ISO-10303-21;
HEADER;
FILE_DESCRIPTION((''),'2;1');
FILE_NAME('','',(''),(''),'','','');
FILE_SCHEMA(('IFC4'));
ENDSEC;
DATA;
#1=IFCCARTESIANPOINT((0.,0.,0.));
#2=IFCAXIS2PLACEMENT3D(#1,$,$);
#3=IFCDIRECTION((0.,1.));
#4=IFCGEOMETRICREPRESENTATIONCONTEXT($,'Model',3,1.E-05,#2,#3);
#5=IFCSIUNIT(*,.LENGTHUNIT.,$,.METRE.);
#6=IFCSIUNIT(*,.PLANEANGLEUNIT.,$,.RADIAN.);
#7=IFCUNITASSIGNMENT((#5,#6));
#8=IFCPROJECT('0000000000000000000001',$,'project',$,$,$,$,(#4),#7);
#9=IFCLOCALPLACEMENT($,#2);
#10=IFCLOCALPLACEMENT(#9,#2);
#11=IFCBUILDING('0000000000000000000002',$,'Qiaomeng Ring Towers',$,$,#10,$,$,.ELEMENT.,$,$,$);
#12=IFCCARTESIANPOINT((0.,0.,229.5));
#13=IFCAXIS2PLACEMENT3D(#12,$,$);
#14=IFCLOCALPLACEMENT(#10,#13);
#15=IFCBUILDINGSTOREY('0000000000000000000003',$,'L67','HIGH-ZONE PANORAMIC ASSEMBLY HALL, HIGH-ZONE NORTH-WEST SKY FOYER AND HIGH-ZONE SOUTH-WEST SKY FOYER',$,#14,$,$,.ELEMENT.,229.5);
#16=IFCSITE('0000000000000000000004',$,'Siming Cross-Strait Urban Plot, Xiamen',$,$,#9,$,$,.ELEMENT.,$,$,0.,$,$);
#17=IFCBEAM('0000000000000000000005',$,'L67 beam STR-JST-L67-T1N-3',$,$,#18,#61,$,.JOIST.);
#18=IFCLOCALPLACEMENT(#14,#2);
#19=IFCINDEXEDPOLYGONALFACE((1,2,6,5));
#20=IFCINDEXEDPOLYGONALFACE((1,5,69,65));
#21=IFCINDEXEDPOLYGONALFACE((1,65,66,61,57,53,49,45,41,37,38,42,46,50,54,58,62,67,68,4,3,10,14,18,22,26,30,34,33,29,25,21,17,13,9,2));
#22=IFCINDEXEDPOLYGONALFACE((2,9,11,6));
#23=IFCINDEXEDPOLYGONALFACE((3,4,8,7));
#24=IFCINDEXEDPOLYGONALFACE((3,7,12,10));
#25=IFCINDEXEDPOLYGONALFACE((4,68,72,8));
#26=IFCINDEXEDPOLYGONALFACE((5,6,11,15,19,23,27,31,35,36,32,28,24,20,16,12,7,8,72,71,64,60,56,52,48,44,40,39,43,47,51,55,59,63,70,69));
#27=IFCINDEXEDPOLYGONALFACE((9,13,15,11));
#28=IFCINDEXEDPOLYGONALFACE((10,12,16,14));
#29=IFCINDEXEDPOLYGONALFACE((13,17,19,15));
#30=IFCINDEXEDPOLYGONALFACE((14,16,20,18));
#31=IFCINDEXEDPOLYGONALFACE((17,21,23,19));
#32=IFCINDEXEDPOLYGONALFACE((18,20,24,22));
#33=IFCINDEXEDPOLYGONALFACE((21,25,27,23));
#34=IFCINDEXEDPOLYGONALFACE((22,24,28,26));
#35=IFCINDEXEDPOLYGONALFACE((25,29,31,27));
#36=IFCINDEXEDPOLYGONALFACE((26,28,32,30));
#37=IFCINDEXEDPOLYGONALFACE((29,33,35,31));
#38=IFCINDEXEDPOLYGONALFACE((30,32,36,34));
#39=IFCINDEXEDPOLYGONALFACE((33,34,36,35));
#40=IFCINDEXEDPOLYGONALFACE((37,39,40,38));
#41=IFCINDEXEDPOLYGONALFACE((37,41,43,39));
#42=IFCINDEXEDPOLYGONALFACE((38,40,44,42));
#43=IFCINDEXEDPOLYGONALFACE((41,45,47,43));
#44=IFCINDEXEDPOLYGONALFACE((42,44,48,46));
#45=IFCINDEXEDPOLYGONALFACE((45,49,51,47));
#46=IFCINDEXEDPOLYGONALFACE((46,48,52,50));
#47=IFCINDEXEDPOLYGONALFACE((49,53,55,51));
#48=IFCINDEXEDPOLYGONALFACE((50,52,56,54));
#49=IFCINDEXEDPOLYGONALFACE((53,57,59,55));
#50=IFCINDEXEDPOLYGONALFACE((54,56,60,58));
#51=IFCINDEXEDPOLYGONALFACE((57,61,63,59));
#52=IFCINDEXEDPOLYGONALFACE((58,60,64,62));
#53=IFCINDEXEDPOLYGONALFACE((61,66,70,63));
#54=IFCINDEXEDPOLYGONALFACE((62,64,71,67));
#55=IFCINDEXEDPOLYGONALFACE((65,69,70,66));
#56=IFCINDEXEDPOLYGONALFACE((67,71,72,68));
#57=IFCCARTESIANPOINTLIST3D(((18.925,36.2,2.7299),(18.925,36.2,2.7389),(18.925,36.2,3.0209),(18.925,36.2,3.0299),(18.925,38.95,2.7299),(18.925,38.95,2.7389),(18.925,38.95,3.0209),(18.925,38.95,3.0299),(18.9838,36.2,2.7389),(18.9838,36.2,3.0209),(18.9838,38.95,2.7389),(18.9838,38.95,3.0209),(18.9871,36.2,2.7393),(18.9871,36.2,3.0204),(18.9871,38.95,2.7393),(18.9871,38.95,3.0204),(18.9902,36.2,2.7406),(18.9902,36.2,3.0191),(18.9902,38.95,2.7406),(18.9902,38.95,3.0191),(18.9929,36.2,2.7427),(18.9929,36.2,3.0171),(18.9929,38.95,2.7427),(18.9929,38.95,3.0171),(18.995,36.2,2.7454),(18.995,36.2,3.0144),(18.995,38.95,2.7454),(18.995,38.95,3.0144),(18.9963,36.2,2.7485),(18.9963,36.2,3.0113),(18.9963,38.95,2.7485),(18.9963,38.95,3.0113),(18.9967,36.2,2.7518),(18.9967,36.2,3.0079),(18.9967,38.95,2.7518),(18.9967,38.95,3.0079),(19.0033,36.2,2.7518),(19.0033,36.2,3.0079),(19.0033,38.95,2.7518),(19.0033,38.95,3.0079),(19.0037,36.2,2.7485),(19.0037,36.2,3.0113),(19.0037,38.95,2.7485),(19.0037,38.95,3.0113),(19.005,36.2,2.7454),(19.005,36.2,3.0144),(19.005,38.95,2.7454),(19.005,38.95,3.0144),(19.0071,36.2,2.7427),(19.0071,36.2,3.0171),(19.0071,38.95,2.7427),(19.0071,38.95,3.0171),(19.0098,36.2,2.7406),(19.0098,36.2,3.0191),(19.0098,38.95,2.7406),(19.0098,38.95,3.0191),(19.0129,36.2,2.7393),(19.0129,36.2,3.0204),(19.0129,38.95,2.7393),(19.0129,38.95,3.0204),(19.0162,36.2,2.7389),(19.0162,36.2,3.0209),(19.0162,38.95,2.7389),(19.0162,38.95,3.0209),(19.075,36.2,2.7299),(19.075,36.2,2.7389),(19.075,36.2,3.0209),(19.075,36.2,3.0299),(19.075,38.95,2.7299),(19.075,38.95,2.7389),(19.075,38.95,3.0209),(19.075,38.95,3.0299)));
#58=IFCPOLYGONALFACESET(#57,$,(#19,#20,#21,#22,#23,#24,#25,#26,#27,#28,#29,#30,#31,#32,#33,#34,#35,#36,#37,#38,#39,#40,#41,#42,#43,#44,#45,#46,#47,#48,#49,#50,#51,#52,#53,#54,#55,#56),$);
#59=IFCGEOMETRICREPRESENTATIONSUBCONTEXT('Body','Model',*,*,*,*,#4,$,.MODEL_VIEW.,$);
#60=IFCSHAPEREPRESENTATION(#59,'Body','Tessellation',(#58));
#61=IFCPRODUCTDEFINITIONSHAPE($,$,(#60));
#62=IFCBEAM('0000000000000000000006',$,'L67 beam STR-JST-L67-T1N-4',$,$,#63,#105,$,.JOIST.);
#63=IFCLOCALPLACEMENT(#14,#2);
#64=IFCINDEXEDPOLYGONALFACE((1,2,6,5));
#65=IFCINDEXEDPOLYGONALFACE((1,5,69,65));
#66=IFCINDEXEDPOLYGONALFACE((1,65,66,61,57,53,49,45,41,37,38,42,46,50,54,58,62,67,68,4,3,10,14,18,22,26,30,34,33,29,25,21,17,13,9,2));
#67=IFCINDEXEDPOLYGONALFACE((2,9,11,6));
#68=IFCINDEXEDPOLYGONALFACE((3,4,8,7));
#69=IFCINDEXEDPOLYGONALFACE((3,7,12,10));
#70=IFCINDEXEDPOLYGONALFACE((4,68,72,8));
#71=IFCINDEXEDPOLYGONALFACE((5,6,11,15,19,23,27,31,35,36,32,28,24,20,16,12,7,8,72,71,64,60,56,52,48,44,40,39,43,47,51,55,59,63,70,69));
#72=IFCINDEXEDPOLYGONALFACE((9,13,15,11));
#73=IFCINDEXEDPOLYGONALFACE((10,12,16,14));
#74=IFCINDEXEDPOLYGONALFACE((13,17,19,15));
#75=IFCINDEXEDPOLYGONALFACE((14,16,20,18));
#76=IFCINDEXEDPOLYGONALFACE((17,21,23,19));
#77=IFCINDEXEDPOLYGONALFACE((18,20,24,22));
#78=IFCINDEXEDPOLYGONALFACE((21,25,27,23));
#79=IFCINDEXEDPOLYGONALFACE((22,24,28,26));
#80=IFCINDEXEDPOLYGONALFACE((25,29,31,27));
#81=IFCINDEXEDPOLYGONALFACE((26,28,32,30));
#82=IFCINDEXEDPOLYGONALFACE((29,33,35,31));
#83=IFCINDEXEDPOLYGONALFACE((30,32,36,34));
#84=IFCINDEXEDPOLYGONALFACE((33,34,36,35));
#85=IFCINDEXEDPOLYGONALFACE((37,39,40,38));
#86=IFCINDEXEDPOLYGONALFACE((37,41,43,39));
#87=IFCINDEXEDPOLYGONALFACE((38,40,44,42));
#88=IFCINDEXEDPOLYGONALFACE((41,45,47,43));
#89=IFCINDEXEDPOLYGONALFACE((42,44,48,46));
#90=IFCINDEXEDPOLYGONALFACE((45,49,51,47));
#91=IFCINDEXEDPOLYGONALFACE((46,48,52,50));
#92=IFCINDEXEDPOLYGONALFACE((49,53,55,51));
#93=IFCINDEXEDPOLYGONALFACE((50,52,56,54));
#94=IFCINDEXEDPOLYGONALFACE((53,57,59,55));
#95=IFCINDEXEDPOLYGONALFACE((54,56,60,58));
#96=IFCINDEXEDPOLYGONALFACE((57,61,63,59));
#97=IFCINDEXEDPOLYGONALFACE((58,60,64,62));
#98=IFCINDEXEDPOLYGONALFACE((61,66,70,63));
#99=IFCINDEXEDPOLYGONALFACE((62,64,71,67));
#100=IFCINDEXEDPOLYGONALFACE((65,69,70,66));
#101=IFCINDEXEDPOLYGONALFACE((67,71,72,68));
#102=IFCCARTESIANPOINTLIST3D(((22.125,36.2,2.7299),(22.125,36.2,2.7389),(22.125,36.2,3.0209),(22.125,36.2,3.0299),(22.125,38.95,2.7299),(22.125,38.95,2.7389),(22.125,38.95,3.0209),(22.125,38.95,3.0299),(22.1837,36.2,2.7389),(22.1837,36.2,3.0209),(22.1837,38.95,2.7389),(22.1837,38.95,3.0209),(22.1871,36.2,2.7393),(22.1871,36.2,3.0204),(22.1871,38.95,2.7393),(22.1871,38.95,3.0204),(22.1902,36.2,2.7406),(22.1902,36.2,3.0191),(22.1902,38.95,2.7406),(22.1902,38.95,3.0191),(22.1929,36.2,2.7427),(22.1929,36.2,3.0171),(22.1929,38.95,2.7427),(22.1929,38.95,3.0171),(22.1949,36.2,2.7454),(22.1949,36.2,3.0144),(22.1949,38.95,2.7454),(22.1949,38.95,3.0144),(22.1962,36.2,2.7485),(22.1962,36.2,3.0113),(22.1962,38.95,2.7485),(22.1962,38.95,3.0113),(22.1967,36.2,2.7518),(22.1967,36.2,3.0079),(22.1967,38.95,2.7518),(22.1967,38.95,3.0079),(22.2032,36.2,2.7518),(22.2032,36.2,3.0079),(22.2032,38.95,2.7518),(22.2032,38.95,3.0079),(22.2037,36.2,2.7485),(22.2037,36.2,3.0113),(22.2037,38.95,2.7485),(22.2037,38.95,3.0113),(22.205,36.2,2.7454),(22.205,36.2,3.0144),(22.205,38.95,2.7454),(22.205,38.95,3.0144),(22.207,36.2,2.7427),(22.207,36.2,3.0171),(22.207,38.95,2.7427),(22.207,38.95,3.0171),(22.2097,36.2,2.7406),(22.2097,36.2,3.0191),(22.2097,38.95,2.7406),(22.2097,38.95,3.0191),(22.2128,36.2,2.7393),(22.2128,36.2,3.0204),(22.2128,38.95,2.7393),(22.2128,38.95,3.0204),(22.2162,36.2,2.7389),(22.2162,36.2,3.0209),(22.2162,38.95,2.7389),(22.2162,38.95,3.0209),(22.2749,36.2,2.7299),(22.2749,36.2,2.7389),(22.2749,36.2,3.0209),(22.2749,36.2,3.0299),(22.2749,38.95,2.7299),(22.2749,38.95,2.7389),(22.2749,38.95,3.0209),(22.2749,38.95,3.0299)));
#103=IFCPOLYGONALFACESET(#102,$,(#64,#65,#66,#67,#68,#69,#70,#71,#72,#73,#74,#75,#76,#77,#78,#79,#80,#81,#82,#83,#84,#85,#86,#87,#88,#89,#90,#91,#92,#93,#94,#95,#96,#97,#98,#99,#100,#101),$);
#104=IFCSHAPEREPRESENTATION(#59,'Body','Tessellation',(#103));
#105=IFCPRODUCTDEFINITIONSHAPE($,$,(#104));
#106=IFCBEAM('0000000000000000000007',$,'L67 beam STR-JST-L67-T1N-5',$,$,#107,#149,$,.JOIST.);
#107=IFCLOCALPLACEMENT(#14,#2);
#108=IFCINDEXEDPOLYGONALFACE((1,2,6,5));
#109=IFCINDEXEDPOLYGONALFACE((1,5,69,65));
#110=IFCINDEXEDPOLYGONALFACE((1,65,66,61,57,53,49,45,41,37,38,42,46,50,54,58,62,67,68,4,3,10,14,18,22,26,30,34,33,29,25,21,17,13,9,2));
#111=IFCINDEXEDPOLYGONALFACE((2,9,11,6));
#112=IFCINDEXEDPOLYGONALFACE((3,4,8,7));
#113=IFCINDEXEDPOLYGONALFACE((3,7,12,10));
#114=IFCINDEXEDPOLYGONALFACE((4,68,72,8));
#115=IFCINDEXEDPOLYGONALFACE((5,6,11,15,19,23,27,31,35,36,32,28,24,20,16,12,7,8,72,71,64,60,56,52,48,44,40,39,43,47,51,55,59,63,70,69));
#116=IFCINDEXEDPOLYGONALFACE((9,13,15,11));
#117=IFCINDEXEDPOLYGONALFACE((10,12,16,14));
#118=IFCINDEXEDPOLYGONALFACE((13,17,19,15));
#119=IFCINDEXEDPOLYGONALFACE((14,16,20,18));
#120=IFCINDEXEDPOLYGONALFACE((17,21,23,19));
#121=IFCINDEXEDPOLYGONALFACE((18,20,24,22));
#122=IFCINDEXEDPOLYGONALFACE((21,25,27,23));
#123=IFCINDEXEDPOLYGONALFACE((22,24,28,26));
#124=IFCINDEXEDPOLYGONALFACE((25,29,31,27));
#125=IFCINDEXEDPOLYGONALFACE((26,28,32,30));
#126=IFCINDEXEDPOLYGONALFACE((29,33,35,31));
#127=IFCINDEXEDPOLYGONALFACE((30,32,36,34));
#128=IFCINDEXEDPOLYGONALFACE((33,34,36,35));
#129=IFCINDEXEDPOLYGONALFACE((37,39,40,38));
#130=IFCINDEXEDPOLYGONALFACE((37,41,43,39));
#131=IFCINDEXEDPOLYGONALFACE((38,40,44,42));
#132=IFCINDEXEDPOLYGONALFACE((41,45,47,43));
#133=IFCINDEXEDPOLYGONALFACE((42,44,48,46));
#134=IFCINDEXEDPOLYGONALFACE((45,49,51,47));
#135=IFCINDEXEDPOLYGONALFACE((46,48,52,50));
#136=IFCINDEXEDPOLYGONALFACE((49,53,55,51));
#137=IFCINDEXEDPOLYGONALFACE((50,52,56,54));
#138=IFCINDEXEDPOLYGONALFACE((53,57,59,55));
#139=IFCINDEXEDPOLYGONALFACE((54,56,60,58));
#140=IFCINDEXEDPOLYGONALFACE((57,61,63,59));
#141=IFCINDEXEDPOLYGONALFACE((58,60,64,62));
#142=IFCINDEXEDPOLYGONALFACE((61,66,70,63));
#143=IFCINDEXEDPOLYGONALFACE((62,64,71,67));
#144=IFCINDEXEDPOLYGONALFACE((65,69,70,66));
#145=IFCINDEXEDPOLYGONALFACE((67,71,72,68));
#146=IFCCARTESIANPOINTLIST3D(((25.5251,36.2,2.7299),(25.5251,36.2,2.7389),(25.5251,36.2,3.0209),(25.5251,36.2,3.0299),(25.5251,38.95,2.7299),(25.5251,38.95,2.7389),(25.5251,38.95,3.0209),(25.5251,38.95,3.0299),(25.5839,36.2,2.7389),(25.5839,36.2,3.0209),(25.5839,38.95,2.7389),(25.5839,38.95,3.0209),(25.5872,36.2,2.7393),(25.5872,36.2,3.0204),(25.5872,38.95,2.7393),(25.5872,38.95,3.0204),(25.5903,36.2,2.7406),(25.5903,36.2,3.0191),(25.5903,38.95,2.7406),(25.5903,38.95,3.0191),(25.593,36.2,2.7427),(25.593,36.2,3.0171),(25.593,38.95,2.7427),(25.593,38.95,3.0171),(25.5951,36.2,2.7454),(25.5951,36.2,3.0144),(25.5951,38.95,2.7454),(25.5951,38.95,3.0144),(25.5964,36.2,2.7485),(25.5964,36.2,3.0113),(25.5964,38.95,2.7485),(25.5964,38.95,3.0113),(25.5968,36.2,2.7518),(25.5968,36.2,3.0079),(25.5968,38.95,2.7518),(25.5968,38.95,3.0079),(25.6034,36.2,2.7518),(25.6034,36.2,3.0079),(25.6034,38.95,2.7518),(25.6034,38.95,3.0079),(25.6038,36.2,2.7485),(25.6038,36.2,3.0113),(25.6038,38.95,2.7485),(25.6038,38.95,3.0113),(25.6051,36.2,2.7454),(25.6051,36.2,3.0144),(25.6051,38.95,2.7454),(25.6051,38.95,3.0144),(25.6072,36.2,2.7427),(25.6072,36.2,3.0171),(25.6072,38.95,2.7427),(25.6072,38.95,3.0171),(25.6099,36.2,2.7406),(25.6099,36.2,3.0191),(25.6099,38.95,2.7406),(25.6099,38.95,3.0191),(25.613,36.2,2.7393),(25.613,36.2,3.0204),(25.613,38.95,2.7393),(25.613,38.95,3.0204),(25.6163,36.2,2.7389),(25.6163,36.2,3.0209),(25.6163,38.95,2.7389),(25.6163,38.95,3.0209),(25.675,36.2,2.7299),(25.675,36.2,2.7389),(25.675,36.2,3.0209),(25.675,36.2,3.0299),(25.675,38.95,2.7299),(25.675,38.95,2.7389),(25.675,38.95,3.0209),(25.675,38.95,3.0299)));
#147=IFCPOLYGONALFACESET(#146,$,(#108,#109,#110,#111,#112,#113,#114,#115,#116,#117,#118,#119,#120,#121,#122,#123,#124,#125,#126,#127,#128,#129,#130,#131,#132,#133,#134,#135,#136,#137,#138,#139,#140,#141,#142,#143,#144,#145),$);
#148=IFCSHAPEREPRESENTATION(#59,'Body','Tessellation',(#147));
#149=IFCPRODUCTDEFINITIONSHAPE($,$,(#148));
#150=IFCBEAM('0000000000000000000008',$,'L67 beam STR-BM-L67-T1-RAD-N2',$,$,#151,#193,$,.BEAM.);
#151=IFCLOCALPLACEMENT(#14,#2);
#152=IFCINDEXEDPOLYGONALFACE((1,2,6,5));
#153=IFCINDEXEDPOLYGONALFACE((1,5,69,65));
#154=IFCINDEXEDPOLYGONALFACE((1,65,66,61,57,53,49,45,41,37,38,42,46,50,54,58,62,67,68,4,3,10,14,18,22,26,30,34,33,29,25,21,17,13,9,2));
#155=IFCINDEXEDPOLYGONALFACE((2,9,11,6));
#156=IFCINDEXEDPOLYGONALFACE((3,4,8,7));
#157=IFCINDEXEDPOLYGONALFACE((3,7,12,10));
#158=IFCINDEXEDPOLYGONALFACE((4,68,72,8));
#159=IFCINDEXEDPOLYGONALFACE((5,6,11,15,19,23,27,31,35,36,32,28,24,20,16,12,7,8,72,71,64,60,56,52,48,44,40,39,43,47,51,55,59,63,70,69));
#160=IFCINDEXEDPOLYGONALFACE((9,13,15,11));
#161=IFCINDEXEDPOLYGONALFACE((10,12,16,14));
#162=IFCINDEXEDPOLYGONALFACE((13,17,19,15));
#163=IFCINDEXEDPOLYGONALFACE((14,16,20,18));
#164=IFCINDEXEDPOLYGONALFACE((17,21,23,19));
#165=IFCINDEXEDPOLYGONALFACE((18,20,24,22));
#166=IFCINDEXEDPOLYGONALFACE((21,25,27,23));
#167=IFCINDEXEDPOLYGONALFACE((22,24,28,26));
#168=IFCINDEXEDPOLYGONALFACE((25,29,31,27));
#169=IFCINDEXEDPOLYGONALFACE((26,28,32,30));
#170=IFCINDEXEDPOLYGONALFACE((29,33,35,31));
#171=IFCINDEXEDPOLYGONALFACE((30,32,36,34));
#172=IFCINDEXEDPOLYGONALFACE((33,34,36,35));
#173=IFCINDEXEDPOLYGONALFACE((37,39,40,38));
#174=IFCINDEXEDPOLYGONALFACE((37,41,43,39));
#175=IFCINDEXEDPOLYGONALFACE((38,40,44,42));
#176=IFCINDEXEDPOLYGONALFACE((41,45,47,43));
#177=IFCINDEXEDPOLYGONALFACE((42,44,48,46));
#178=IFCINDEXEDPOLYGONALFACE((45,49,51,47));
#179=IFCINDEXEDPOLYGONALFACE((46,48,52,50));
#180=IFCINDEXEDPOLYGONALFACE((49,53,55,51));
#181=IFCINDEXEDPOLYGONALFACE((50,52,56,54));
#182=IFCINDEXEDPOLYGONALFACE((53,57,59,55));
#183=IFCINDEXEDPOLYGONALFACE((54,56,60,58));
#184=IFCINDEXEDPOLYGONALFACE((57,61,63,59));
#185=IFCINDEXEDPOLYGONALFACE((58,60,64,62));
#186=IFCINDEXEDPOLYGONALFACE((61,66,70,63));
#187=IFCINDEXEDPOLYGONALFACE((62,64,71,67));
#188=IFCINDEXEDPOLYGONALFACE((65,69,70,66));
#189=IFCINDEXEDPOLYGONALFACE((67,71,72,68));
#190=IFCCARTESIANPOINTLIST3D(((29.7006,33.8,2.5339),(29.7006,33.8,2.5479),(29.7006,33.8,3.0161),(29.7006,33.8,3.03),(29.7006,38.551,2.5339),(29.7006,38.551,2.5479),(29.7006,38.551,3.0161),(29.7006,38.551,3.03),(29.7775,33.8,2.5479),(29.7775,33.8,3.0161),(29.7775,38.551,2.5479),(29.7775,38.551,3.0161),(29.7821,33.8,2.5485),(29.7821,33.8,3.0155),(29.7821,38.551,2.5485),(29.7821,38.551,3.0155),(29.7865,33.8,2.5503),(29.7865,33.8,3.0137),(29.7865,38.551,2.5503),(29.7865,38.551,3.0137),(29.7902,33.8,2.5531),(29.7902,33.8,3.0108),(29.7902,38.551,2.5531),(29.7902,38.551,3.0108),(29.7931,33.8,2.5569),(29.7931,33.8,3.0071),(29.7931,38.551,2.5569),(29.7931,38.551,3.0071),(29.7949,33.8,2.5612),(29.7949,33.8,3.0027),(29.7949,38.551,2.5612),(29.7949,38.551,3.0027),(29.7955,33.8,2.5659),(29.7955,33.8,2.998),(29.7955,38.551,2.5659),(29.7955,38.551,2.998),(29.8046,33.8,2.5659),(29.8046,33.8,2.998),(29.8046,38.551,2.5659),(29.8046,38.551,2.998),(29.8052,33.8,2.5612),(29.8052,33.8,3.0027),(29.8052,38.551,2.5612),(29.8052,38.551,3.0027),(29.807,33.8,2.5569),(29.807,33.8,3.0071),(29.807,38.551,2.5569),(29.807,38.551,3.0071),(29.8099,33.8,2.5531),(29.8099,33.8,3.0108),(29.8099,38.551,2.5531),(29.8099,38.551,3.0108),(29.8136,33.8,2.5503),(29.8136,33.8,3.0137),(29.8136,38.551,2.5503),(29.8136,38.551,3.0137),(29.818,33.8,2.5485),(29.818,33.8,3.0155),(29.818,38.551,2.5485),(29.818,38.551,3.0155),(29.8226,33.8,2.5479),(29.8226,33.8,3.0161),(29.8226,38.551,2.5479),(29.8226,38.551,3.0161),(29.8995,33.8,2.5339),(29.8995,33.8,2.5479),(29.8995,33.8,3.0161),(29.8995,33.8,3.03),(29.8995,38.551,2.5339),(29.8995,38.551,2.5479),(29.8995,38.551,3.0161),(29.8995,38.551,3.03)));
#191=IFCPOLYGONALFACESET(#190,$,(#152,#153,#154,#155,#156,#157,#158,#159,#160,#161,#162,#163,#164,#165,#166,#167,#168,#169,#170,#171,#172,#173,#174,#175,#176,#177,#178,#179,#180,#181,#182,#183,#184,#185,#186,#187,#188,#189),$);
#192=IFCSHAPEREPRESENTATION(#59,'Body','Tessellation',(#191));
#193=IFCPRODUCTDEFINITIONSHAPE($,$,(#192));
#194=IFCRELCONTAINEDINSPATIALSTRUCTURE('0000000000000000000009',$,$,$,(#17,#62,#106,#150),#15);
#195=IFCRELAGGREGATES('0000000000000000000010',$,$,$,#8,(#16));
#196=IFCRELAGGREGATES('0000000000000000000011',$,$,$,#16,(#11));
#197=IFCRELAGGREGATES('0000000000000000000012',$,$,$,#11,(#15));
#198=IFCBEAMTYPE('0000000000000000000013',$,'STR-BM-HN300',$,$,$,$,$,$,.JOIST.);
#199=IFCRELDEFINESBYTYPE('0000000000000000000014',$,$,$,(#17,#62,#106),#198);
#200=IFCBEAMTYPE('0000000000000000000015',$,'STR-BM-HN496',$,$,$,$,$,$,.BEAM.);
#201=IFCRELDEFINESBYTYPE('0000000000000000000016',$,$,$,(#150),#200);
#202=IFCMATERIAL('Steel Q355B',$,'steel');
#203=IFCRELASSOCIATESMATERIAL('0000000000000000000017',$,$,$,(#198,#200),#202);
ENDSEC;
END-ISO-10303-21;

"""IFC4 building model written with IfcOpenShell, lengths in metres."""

from ifc_helpers import new_model, si_unit, direction, frame, origin, origin_2d, place, context, subcontext, project, spatial, i_section, extrude, source, transform, mapped, material, material_profile, profile_set, type_object, element, save


model = new_model("IFC4")

# Units and contexts
model_context = context("Model", 3, precision=1e-05, world=origin(), true_north=direction((0.0, 1.0)))
body_context = subcontext(model_context, "Body", "Model", "MODEL_VIEW")
ifc_project = project(units=[si_unit("LENGTHUNIT", "METRE"), si_unit("PLANEANGLEUNIT", "RADIAN")], contexts=[model_context])

# Site, building, storey
site_placement = place(None, origin())
site = spatial("IfcSite", under=ifc_project, at=site_placement, Name="Siming Cross-Strait Urban Plot, Xiamen", CompositionType="ELEMENT", RefElevation=0.0)
building_placement = place(site_placement, origin())
building = spatial("IfcBuilding", under=site, at=building_placement, Name="Qiaomeng Ring Towers", CompositionType="ELEMENT")
storey_placement = place(building_placement, frame((0.0, 0.0, 229.5)))
storey = spatial("IfcBuildingStorey", under=building, at=storey_placement, Name="L67", Description="HIGH-ZONE PANORAMIC ASSEMBLY HALL, HIGH-ZONE NORTH-WEST SKY FOYER AND HIGH-ZONE SOUTH-WEST SKY FOYER", CompositionType="ELEMENT", Elevation=229.5)

# Beams
ifc_material_1 = material(Name="Steel Q355B", Category="steel")
ifc_material_profile_1 = material_profile(ifc_material_1, i_section(OverallWidth=0.1499, OverallDepth=0.3, WebThickness=0.0066, FlangeThickness=0.009, FilletRadius=0.0129, at=origin_2d()), Name="HN 300x150x6.5x9")
ifc_profile_set_1 = profile_set([ifc_material_profile_1], Name="Steel Q355B")
beam_type_1 = type_object("IfcBeamType", Name="STR-BM-HN300", PredefinedType="JOIST", material=ifc_profile_set_1)
shared_shape_1 = source(origin(), body_context, "Body", "SweptSolid", [
    extrude(i_section(OverallWidth=0.1499, OverallDepth=0.3, WebThickness=0.0066, FlangeThickness=0.009, FilletRadius=0.0129, at=origin_2d()), origin(), (0.0, 0.0, 1.0), 2.75),
])
for number, where, z_axis, x_axis, name in (
    (1, (19.0, 36.2, 2.8799), (0.0, 1.0, 0.0), (-1.0, 0.0, 0.0), "L67 beam STR-JST-L67-T1N-3"),
    (2, (22.2, 36.2, 2.8799), (0.0, 1.0, 0.0), (-1.0, 0.0, 0.0), "L67 beam STR-JST-L67-T1N-4"),
    (3, (25.6001, 36.2, 2.8799), (0.0, 1.0, 0.0), (-1.0, 0.0, 0.0), "L67 beam STR-JST-L67-T1N-5"),
):
    element("IfcBeam", number, at=place(storey_placement, frame(where, z_axis=z_axis, x_axis=x_axis)), inside=storey, type_object=beam_type_1, Name=name, PredefinedType="JOIST", context=body_context, shape_type="MappedRepresentation", body=[
        mapped(shared_shape_1, transform((0.0, 0.0, 0.0), x_axis=(1.0, 0.0, 0.0), y_axis=(0.0, 1.0, 0.0), z_axis=(0.0, 0.0, 1.0), scale=1.0)),
    ])
ifc_material_profile_2 = material_profile(ifc_material_1, i_section(OverallWidth=0.199, OverallDepth=0.4961, WebThickness=0.009, FlangeThickness=0.0139, FilletRadius=0.0181, at=origin_2d()), Name="HN 496x199x9x14")
ifc_profile_set_2 = profile_set([ifc_material_profile_2], Name="Steel Q355B")
beam_type_2 = type_object("IfcBeamType", Name="STR-BM-HN496", PredefinedType="BEAM", material=ifc_profile_set_2)
shared_shape_2 = source(origin(), body_context, "Body", "SweptSolid", [
    extrude(i_section(OverallWidth=0.199, OverallDepth=0.4961, WebThickness=0.009, FlangeThickness=0.0139, FilletRadius=0.0181, at=origin_2d()), origin(), (0.0, 0.0, 1.0), 4.751),
])
beam_1_placement = place(storey_placement, frame((29.8, 38.551, 2.782), z_axis=(0.0, -1.0, 0.0), x_axis=(1.0, 0.0, 0.0)))
element("IfcBeam", 4, at=beam_1_placement, inside=storey, type_object=beam_type_2, Name="L67 beam STR-BM-L67-T1-RAD-N2", PredefinedType="BEAM", context=body_context, shape_type="MappedRepresentation", body=[
    mapped(shared_shape_2, transform((0.0, 0.0, 0.0), x_axis=(1.0, 0.0, 0.0), y_axis=(0.0, 1.0, 0.0), z_axis=(0.0, 0.0, 1.0), scale=1.0)),
])

save(model, "model.ifc")
